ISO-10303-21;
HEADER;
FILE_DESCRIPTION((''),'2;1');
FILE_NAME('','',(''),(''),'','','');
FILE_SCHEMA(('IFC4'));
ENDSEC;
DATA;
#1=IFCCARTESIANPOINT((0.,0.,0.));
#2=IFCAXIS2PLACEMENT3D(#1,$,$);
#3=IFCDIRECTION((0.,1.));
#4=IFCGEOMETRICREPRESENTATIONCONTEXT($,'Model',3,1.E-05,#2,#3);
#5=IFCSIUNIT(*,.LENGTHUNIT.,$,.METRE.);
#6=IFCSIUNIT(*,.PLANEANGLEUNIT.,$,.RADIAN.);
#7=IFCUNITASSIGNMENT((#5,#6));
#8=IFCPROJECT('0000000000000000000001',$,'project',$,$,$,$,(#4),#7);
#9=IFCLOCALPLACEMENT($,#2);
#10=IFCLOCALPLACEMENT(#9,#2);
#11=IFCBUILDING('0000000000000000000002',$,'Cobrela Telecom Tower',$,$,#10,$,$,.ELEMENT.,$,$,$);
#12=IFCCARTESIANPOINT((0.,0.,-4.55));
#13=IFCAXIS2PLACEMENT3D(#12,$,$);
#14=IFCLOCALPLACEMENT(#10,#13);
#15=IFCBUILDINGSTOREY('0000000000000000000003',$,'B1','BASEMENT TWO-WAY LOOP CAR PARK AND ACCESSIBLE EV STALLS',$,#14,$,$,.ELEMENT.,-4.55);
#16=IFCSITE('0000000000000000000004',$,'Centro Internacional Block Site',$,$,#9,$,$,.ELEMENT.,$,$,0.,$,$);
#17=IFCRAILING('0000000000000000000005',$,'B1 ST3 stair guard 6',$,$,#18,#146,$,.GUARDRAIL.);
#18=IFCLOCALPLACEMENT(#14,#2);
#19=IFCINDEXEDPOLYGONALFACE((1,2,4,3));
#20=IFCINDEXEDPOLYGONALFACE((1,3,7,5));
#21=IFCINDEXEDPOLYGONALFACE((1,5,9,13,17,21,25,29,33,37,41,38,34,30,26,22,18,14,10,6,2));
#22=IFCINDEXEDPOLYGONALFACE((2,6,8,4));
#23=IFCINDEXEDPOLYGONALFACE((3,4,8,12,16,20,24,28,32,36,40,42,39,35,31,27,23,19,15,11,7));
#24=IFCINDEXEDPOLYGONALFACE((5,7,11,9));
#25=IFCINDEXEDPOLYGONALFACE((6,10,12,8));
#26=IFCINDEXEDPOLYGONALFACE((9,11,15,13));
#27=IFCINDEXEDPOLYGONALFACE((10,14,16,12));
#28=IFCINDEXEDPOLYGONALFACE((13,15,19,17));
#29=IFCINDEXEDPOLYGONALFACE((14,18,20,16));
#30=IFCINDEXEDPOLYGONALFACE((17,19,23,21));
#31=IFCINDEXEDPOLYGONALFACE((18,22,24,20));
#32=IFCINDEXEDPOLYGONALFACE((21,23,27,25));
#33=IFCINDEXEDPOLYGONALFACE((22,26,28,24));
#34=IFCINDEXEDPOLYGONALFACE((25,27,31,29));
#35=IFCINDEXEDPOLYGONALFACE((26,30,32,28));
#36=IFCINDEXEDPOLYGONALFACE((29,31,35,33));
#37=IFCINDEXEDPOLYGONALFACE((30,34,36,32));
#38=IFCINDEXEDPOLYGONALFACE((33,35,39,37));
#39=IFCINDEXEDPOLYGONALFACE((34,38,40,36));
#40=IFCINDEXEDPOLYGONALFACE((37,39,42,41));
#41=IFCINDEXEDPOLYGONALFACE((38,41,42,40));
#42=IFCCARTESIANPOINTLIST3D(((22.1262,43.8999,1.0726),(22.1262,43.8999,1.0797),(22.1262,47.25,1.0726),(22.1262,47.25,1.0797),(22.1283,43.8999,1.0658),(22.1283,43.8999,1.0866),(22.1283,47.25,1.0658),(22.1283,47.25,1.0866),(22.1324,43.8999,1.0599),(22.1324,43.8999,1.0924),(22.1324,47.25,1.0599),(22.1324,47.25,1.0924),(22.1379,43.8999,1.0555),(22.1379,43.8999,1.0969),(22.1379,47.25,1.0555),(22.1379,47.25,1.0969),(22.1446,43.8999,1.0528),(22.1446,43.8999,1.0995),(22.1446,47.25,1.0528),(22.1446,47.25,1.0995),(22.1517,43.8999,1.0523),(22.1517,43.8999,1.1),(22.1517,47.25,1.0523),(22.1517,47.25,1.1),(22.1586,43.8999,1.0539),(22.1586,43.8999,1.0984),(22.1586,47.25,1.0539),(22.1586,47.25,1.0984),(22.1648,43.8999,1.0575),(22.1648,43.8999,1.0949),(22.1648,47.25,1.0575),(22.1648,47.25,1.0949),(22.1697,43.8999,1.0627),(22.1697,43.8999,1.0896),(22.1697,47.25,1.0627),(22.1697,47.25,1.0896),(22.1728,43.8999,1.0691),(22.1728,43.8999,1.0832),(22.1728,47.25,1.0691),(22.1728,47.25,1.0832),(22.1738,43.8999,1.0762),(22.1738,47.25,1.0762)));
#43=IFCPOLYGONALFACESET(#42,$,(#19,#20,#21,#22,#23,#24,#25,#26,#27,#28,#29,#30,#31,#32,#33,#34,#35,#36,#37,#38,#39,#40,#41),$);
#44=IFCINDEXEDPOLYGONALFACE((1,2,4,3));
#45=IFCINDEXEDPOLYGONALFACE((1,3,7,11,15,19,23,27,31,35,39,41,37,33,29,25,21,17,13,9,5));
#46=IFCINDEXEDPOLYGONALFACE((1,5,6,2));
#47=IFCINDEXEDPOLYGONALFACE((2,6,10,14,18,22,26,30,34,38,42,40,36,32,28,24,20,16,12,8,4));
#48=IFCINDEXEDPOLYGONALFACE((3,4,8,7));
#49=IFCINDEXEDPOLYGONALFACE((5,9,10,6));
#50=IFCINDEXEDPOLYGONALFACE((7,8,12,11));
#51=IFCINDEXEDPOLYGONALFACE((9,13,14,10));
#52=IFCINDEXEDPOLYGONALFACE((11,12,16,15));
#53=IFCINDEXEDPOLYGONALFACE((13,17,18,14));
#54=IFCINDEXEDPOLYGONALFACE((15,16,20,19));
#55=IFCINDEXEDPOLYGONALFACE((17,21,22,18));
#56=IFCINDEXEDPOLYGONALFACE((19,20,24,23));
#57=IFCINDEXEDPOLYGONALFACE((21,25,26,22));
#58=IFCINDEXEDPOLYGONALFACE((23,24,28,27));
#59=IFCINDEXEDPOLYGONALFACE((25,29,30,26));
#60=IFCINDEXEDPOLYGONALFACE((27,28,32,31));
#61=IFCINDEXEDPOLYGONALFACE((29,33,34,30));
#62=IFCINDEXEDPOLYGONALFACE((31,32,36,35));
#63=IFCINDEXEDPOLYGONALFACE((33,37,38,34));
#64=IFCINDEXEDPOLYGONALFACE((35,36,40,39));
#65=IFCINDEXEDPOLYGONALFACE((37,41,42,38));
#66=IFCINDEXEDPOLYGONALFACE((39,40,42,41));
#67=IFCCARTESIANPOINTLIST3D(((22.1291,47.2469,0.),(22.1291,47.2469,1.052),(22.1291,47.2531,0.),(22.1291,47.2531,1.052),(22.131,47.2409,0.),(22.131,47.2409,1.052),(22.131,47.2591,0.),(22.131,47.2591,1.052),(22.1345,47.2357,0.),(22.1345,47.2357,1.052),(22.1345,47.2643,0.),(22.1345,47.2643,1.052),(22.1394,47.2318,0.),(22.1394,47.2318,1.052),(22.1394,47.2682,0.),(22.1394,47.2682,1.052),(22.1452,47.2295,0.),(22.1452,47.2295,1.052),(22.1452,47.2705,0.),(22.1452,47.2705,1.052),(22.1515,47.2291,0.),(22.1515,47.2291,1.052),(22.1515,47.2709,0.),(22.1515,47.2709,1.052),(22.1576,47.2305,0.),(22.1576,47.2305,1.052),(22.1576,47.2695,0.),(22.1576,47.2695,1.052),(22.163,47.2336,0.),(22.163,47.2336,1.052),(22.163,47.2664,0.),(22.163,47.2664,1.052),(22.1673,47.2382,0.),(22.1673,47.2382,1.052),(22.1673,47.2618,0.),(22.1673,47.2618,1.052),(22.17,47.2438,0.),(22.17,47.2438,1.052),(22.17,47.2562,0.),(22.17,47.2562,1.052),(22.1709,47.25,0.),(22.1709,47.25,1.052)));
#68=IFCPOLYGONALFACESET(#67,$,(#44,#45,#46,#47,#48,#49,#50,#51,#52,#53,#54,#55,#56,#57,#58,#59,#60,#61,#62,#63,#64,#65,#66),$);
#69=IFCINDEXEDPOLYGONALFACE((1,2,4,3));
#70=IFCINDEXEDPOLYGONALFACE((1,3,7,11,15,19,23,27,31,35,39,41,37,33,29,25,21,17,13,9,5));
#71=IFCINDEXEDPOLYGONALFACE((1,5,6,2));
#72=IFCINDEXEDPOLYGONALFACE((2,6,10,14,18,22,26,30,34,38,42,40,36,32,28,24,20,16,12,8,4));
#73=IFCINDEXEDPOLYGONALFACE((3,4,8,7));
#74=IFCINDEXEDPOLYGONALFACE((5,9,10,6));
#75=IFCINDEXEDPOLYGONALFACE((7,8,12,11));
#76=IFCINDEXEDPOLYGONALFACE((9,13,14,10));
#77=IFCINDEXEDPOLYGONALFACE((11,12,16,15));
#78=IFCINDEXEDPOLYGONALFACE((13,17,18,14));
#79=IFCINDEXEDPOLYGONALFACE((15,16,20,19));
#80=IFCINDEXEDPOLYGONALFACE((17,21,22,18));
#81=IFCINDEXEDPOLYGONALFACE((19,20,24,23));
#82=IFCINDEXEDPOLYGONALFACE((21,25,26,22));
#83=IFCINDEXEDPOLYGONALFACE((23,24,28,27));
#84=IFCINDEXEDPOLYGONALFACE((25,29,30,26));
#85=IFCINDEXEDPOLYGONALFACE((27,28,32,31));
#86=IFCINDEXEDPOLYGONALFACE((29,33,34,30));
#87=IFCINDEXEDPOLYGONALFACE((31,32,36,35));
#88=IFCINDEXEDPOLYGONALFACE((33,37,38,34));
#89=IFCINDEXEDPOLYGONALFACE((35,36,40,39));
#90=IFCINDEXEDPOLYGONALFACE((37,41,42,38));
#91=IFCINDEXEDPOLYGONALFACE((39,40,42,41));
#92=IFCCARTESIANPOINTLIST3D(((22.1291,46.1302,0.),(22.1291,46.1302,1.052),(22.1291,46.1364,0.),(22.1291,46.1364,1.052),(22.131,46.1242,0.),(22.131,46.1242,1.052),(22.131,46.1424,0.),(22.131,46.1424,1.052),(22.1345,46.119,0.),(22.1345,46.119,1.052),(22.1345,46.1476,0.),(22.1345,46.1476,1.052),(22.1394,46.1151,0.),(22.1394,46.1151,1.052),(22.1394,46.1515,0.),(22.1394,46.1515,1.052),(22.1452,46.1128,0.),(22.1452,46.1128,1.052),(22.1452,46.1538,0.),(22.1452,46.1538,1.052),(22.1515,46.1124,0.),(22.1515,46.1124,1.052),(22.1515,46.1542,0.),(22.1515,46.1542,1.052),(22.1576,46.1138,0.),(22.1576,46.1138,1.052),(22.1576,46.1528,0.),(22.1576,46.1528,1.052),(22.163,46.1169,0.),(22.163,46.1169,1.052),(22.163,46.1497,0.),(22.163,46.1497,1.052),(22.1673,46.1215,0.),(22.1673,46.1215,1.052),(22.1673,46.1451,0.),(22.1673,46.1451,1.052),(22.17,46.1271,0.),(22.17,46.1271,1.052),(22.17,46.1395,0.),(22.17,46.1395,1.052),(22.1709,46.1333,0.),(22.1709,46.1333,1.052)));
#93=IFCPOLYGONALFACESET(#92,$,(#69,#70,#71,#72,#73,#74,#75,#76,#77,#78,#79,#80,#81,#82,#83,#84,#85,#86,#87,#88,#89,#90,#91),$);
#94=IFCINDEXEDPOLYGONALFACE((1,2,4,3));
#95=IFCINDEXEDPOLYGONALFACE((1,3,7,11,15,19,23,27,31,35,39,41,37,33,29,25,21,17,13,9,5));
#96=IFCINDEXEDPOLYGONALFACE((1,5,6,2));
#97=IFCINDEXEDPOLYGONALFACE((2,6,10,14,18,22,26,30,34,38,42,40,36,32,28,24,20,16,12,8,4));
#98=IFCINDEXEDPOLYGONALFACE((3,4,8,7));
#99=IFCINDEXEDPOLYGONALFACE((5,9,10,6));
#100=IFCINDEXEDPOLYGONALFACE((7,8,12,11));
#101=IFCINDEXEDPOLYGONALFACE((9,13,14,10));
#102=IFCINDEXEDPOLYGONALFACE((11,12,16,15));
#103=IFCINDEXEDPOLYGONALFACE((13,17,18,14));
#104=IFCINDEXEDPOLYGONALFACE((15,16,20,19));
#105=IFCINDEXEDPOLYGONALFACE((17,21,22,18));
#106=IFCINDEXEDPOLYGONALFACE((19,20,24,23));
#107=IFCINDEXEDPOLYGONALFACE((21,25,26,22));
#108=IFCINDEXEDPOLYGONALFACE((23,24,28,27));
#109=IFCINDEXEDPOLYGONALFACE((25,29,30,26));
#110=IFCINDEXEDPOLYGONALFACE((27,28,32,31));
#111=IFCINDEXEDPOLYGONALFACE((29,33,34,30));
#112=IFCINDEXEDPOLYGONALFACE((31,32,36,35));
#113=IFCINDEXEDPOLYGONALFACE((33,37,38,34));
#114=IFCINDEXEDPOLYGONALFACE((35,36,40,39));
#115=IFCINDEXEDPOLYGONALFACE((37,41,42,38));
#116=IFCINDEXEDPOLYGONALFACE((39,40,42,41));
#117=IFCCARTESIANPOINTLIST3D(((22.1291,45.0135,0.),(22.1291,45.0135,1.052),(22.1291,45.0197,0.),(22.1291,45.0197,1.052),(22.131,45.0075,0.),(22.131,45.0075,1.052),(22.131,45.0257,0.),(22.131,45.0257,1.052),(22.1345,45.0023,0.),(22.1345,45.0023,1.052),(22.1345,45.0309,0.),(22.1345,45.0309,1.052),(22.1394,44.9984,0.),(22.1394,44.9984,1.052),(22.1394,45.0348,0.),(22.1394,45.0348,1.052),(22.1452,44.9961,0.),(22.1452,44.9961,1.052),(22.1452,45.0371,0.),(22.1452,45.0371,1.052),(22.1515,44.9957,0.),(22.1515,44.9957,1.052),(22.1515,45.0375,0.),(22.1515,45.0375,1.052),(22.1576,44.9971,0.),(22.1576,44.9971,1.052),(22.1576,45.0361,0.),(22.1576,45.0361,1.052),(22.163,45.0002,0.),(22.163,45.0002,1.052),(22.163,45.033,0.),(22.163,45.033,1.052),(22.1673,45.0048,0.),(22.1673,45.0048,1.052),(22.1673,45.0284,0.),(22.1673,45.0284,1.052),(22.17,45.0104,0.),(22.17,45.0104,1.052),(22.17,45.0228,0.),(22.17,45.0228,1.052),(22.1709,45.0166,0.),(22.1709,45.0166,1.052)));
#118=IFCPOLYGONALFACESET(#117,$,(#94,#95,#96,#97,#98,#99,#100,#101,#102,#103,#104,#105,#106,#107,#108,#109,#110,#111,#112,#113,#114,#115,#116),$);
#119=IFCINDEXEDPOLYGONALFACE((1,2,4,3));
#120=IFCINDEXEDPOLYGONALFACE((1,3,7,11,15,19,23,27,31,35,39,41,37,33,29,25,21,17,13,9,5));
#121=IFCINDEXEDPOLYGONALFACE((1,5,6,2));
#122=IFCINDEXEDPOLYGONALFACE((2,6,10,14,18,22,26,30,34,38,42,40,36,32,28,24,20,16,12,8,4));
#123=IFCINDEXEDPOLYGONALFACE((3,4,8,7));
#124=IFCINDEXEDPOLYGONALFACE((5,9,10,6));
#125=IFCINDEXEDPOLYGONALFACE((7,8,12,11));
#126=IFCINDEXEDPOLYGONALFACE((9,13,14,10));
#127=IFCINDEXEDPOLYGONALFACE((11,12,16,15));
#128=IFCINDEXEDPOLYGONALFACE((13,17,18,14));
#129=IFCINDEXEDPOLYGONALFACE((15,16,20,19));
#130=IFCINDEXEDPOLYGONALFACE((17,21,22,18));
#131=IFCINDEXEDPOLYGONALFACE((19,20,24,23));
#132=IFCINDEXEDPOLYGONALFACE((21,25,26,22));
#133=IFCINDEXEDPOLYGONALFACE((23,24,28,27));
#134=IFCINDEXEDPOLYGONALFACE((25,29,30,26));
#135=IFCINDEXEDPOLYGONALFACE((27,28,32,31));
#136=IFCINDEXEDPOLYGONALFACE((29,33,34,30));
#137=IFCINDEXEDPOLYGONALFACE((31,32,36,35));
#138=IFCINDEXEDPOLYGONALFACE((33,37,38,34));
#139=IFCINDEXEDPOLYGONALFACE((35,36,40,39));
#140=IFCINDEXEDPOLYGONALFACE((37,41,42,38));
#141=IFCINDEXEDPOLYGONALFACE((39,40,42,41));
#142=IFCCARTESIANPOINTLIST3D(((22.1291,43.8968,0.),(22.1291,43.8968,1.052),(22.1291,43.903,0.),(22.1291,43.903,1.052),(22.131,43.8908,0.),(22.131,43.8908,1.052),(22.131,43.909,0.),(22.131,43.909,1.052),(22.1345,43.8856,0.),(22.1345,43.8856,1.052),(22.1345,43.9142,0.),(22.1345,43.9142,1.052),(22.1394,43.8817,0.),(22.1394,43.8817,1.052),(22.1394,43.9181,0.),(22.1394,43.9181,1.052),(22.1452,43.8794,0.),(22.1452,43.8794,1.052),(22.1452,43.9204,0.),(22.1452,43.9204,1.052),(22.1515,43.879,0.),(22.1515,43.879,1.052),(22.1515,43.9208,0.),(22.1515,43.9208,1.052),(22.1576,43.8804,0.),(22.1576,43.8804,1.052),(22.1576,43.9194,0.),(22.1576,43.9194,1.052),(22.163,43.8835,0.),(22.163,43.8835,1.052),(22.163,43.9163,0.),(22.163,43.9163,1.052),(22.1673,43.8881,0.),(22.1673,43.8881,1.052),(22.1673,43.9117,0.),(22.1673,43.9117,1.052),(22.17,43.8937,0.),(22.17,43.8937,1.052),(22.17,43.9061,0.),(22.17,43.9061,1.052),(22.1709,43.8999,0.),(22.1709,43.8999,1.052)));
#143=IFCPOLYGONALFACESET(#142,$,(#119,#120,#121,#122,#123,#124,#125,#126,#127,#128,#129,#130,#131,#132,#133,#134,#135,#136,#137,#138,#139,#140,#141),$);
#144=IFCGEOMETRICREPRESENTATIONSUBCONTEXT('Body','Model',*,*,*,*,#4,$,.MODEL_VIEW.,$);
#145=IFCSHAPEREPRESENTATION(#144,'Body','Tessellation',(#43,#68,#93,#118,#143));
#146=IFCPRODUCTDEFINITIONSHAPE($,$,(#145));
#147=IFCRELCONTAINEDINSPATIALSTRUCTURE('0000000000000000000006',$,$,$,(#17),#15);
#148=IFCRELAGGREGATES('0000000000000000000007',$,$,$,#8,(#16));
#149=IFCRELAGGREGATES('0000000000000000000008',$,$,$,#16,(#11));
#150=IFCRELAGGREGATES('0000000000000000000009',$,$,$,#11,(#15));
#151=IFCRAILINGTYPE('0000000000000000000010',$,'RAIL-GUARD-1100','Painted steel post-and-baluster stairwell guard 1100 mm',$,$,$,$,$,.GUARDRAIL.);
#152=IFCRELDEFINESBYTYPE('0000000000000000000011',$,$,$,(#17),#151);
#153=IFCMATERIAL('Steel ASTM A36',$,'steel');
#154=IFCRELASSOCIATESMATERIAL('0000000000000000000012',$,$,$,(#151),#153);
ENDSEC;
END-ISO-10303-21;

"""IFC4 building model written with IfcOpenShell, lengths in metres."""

from ifc_helpers import new_model, si_unit, direction, frame, origin, origin_2d, place, context, subcontext, project, spatial, circle, extrude, material, type_object, element, save


model = new_model("IFC4")

# Units and contexts
model_context = context("Model", 3, precision=1e-05, world=origin(), true_north=direction((0.0, 1.0)))
body_context = subcontext(model_context, "Body", "Model", "MODEL_VIEW")
ifc_project = project(units=[si_unit("LENGTHUNIT", "METRE"), si_unit("PLANEANGLEUNIT", "RADIAN")], contexts=[model_context])

# Site, building, storey
site_placement = place(None, origin())
site = spatial("IfcSite", under=ifc_project, at=site_placement, Name="Centro Internacional Block Site", CompositionType="ELEMENT", RefElevation=0.0)
building_placement = place(site_placement, origin())
building = spatial("IfcBuilding", under=site, at=building_placement, Name="Cobrela Telecom Tower", CompositionType="ELEMENT")
storey_placement = place(building_placement, frame((0.0, 0.0, -4.55)))
storey = spatial("IfcBuildingStorey", under=building, at=storey_placement, Name="B1", Description="BASEMENT TWO-WAY LOOP CAR PARK AND ACCESSIBLE EV STALLS", CompositionType="ELEMENT", Elevation=-4.55)

# Shared definitions
ifc_material_1 = material(Name="Steel ASTM A36", Category="steel")

# Railing
railing_type_1 = type_object("IfcRailingType", Name="RAIL-GUARD-1100", Description="Painted steel post-and-baluster stairwell guard 1100 mm", PredefinedType="GUARDRAIL", material=ifc_material_1)
railing_1_placement = place(storey_placement, frame((22.1499, 47.25, 0.0)))
element("IfcRailing", 1, at=railing_1_placement, inside=storey, type_object=railing_type_1, Name="B1 ST3 stair guard 6", PredefinedType="GUARDRAIL", context=body_context, shape_type="SweptSolid", body=[
    extrude(circle(Radius=0.0239, at=origin_2d()), frame((0.0, 0.0, 1.0762), z_axis=(0.0, -1.0, 0.0), x_axis=(1.0, 0.0, 0.0)), (0.0, 0.0, 1.0), 3.3501),
    extrude(circle(Radius=0.021, at=origin_2d()), origin(), (0.0, 0.0, 1.0), 1.052),
    extrude(circle(Radius=0.021, at=origin_2d()), frame((0.0, -1.1167, 0.0)), (0.0, 0.0, 1.0), 1.052),
    extrude(circle(Radius=0.021, at=origin_2d()), frame((0.0, -2.2334, 0.0)), (0.0, 0.0, 1.0), 1.052),
    extrude(circle(Radius=0.021, at=origin_2d()), frame((0.0, -3.3501, 0.0)), (0.0, 0.0, 1.0), 1.052),
])

save(model, "model.ifc")
